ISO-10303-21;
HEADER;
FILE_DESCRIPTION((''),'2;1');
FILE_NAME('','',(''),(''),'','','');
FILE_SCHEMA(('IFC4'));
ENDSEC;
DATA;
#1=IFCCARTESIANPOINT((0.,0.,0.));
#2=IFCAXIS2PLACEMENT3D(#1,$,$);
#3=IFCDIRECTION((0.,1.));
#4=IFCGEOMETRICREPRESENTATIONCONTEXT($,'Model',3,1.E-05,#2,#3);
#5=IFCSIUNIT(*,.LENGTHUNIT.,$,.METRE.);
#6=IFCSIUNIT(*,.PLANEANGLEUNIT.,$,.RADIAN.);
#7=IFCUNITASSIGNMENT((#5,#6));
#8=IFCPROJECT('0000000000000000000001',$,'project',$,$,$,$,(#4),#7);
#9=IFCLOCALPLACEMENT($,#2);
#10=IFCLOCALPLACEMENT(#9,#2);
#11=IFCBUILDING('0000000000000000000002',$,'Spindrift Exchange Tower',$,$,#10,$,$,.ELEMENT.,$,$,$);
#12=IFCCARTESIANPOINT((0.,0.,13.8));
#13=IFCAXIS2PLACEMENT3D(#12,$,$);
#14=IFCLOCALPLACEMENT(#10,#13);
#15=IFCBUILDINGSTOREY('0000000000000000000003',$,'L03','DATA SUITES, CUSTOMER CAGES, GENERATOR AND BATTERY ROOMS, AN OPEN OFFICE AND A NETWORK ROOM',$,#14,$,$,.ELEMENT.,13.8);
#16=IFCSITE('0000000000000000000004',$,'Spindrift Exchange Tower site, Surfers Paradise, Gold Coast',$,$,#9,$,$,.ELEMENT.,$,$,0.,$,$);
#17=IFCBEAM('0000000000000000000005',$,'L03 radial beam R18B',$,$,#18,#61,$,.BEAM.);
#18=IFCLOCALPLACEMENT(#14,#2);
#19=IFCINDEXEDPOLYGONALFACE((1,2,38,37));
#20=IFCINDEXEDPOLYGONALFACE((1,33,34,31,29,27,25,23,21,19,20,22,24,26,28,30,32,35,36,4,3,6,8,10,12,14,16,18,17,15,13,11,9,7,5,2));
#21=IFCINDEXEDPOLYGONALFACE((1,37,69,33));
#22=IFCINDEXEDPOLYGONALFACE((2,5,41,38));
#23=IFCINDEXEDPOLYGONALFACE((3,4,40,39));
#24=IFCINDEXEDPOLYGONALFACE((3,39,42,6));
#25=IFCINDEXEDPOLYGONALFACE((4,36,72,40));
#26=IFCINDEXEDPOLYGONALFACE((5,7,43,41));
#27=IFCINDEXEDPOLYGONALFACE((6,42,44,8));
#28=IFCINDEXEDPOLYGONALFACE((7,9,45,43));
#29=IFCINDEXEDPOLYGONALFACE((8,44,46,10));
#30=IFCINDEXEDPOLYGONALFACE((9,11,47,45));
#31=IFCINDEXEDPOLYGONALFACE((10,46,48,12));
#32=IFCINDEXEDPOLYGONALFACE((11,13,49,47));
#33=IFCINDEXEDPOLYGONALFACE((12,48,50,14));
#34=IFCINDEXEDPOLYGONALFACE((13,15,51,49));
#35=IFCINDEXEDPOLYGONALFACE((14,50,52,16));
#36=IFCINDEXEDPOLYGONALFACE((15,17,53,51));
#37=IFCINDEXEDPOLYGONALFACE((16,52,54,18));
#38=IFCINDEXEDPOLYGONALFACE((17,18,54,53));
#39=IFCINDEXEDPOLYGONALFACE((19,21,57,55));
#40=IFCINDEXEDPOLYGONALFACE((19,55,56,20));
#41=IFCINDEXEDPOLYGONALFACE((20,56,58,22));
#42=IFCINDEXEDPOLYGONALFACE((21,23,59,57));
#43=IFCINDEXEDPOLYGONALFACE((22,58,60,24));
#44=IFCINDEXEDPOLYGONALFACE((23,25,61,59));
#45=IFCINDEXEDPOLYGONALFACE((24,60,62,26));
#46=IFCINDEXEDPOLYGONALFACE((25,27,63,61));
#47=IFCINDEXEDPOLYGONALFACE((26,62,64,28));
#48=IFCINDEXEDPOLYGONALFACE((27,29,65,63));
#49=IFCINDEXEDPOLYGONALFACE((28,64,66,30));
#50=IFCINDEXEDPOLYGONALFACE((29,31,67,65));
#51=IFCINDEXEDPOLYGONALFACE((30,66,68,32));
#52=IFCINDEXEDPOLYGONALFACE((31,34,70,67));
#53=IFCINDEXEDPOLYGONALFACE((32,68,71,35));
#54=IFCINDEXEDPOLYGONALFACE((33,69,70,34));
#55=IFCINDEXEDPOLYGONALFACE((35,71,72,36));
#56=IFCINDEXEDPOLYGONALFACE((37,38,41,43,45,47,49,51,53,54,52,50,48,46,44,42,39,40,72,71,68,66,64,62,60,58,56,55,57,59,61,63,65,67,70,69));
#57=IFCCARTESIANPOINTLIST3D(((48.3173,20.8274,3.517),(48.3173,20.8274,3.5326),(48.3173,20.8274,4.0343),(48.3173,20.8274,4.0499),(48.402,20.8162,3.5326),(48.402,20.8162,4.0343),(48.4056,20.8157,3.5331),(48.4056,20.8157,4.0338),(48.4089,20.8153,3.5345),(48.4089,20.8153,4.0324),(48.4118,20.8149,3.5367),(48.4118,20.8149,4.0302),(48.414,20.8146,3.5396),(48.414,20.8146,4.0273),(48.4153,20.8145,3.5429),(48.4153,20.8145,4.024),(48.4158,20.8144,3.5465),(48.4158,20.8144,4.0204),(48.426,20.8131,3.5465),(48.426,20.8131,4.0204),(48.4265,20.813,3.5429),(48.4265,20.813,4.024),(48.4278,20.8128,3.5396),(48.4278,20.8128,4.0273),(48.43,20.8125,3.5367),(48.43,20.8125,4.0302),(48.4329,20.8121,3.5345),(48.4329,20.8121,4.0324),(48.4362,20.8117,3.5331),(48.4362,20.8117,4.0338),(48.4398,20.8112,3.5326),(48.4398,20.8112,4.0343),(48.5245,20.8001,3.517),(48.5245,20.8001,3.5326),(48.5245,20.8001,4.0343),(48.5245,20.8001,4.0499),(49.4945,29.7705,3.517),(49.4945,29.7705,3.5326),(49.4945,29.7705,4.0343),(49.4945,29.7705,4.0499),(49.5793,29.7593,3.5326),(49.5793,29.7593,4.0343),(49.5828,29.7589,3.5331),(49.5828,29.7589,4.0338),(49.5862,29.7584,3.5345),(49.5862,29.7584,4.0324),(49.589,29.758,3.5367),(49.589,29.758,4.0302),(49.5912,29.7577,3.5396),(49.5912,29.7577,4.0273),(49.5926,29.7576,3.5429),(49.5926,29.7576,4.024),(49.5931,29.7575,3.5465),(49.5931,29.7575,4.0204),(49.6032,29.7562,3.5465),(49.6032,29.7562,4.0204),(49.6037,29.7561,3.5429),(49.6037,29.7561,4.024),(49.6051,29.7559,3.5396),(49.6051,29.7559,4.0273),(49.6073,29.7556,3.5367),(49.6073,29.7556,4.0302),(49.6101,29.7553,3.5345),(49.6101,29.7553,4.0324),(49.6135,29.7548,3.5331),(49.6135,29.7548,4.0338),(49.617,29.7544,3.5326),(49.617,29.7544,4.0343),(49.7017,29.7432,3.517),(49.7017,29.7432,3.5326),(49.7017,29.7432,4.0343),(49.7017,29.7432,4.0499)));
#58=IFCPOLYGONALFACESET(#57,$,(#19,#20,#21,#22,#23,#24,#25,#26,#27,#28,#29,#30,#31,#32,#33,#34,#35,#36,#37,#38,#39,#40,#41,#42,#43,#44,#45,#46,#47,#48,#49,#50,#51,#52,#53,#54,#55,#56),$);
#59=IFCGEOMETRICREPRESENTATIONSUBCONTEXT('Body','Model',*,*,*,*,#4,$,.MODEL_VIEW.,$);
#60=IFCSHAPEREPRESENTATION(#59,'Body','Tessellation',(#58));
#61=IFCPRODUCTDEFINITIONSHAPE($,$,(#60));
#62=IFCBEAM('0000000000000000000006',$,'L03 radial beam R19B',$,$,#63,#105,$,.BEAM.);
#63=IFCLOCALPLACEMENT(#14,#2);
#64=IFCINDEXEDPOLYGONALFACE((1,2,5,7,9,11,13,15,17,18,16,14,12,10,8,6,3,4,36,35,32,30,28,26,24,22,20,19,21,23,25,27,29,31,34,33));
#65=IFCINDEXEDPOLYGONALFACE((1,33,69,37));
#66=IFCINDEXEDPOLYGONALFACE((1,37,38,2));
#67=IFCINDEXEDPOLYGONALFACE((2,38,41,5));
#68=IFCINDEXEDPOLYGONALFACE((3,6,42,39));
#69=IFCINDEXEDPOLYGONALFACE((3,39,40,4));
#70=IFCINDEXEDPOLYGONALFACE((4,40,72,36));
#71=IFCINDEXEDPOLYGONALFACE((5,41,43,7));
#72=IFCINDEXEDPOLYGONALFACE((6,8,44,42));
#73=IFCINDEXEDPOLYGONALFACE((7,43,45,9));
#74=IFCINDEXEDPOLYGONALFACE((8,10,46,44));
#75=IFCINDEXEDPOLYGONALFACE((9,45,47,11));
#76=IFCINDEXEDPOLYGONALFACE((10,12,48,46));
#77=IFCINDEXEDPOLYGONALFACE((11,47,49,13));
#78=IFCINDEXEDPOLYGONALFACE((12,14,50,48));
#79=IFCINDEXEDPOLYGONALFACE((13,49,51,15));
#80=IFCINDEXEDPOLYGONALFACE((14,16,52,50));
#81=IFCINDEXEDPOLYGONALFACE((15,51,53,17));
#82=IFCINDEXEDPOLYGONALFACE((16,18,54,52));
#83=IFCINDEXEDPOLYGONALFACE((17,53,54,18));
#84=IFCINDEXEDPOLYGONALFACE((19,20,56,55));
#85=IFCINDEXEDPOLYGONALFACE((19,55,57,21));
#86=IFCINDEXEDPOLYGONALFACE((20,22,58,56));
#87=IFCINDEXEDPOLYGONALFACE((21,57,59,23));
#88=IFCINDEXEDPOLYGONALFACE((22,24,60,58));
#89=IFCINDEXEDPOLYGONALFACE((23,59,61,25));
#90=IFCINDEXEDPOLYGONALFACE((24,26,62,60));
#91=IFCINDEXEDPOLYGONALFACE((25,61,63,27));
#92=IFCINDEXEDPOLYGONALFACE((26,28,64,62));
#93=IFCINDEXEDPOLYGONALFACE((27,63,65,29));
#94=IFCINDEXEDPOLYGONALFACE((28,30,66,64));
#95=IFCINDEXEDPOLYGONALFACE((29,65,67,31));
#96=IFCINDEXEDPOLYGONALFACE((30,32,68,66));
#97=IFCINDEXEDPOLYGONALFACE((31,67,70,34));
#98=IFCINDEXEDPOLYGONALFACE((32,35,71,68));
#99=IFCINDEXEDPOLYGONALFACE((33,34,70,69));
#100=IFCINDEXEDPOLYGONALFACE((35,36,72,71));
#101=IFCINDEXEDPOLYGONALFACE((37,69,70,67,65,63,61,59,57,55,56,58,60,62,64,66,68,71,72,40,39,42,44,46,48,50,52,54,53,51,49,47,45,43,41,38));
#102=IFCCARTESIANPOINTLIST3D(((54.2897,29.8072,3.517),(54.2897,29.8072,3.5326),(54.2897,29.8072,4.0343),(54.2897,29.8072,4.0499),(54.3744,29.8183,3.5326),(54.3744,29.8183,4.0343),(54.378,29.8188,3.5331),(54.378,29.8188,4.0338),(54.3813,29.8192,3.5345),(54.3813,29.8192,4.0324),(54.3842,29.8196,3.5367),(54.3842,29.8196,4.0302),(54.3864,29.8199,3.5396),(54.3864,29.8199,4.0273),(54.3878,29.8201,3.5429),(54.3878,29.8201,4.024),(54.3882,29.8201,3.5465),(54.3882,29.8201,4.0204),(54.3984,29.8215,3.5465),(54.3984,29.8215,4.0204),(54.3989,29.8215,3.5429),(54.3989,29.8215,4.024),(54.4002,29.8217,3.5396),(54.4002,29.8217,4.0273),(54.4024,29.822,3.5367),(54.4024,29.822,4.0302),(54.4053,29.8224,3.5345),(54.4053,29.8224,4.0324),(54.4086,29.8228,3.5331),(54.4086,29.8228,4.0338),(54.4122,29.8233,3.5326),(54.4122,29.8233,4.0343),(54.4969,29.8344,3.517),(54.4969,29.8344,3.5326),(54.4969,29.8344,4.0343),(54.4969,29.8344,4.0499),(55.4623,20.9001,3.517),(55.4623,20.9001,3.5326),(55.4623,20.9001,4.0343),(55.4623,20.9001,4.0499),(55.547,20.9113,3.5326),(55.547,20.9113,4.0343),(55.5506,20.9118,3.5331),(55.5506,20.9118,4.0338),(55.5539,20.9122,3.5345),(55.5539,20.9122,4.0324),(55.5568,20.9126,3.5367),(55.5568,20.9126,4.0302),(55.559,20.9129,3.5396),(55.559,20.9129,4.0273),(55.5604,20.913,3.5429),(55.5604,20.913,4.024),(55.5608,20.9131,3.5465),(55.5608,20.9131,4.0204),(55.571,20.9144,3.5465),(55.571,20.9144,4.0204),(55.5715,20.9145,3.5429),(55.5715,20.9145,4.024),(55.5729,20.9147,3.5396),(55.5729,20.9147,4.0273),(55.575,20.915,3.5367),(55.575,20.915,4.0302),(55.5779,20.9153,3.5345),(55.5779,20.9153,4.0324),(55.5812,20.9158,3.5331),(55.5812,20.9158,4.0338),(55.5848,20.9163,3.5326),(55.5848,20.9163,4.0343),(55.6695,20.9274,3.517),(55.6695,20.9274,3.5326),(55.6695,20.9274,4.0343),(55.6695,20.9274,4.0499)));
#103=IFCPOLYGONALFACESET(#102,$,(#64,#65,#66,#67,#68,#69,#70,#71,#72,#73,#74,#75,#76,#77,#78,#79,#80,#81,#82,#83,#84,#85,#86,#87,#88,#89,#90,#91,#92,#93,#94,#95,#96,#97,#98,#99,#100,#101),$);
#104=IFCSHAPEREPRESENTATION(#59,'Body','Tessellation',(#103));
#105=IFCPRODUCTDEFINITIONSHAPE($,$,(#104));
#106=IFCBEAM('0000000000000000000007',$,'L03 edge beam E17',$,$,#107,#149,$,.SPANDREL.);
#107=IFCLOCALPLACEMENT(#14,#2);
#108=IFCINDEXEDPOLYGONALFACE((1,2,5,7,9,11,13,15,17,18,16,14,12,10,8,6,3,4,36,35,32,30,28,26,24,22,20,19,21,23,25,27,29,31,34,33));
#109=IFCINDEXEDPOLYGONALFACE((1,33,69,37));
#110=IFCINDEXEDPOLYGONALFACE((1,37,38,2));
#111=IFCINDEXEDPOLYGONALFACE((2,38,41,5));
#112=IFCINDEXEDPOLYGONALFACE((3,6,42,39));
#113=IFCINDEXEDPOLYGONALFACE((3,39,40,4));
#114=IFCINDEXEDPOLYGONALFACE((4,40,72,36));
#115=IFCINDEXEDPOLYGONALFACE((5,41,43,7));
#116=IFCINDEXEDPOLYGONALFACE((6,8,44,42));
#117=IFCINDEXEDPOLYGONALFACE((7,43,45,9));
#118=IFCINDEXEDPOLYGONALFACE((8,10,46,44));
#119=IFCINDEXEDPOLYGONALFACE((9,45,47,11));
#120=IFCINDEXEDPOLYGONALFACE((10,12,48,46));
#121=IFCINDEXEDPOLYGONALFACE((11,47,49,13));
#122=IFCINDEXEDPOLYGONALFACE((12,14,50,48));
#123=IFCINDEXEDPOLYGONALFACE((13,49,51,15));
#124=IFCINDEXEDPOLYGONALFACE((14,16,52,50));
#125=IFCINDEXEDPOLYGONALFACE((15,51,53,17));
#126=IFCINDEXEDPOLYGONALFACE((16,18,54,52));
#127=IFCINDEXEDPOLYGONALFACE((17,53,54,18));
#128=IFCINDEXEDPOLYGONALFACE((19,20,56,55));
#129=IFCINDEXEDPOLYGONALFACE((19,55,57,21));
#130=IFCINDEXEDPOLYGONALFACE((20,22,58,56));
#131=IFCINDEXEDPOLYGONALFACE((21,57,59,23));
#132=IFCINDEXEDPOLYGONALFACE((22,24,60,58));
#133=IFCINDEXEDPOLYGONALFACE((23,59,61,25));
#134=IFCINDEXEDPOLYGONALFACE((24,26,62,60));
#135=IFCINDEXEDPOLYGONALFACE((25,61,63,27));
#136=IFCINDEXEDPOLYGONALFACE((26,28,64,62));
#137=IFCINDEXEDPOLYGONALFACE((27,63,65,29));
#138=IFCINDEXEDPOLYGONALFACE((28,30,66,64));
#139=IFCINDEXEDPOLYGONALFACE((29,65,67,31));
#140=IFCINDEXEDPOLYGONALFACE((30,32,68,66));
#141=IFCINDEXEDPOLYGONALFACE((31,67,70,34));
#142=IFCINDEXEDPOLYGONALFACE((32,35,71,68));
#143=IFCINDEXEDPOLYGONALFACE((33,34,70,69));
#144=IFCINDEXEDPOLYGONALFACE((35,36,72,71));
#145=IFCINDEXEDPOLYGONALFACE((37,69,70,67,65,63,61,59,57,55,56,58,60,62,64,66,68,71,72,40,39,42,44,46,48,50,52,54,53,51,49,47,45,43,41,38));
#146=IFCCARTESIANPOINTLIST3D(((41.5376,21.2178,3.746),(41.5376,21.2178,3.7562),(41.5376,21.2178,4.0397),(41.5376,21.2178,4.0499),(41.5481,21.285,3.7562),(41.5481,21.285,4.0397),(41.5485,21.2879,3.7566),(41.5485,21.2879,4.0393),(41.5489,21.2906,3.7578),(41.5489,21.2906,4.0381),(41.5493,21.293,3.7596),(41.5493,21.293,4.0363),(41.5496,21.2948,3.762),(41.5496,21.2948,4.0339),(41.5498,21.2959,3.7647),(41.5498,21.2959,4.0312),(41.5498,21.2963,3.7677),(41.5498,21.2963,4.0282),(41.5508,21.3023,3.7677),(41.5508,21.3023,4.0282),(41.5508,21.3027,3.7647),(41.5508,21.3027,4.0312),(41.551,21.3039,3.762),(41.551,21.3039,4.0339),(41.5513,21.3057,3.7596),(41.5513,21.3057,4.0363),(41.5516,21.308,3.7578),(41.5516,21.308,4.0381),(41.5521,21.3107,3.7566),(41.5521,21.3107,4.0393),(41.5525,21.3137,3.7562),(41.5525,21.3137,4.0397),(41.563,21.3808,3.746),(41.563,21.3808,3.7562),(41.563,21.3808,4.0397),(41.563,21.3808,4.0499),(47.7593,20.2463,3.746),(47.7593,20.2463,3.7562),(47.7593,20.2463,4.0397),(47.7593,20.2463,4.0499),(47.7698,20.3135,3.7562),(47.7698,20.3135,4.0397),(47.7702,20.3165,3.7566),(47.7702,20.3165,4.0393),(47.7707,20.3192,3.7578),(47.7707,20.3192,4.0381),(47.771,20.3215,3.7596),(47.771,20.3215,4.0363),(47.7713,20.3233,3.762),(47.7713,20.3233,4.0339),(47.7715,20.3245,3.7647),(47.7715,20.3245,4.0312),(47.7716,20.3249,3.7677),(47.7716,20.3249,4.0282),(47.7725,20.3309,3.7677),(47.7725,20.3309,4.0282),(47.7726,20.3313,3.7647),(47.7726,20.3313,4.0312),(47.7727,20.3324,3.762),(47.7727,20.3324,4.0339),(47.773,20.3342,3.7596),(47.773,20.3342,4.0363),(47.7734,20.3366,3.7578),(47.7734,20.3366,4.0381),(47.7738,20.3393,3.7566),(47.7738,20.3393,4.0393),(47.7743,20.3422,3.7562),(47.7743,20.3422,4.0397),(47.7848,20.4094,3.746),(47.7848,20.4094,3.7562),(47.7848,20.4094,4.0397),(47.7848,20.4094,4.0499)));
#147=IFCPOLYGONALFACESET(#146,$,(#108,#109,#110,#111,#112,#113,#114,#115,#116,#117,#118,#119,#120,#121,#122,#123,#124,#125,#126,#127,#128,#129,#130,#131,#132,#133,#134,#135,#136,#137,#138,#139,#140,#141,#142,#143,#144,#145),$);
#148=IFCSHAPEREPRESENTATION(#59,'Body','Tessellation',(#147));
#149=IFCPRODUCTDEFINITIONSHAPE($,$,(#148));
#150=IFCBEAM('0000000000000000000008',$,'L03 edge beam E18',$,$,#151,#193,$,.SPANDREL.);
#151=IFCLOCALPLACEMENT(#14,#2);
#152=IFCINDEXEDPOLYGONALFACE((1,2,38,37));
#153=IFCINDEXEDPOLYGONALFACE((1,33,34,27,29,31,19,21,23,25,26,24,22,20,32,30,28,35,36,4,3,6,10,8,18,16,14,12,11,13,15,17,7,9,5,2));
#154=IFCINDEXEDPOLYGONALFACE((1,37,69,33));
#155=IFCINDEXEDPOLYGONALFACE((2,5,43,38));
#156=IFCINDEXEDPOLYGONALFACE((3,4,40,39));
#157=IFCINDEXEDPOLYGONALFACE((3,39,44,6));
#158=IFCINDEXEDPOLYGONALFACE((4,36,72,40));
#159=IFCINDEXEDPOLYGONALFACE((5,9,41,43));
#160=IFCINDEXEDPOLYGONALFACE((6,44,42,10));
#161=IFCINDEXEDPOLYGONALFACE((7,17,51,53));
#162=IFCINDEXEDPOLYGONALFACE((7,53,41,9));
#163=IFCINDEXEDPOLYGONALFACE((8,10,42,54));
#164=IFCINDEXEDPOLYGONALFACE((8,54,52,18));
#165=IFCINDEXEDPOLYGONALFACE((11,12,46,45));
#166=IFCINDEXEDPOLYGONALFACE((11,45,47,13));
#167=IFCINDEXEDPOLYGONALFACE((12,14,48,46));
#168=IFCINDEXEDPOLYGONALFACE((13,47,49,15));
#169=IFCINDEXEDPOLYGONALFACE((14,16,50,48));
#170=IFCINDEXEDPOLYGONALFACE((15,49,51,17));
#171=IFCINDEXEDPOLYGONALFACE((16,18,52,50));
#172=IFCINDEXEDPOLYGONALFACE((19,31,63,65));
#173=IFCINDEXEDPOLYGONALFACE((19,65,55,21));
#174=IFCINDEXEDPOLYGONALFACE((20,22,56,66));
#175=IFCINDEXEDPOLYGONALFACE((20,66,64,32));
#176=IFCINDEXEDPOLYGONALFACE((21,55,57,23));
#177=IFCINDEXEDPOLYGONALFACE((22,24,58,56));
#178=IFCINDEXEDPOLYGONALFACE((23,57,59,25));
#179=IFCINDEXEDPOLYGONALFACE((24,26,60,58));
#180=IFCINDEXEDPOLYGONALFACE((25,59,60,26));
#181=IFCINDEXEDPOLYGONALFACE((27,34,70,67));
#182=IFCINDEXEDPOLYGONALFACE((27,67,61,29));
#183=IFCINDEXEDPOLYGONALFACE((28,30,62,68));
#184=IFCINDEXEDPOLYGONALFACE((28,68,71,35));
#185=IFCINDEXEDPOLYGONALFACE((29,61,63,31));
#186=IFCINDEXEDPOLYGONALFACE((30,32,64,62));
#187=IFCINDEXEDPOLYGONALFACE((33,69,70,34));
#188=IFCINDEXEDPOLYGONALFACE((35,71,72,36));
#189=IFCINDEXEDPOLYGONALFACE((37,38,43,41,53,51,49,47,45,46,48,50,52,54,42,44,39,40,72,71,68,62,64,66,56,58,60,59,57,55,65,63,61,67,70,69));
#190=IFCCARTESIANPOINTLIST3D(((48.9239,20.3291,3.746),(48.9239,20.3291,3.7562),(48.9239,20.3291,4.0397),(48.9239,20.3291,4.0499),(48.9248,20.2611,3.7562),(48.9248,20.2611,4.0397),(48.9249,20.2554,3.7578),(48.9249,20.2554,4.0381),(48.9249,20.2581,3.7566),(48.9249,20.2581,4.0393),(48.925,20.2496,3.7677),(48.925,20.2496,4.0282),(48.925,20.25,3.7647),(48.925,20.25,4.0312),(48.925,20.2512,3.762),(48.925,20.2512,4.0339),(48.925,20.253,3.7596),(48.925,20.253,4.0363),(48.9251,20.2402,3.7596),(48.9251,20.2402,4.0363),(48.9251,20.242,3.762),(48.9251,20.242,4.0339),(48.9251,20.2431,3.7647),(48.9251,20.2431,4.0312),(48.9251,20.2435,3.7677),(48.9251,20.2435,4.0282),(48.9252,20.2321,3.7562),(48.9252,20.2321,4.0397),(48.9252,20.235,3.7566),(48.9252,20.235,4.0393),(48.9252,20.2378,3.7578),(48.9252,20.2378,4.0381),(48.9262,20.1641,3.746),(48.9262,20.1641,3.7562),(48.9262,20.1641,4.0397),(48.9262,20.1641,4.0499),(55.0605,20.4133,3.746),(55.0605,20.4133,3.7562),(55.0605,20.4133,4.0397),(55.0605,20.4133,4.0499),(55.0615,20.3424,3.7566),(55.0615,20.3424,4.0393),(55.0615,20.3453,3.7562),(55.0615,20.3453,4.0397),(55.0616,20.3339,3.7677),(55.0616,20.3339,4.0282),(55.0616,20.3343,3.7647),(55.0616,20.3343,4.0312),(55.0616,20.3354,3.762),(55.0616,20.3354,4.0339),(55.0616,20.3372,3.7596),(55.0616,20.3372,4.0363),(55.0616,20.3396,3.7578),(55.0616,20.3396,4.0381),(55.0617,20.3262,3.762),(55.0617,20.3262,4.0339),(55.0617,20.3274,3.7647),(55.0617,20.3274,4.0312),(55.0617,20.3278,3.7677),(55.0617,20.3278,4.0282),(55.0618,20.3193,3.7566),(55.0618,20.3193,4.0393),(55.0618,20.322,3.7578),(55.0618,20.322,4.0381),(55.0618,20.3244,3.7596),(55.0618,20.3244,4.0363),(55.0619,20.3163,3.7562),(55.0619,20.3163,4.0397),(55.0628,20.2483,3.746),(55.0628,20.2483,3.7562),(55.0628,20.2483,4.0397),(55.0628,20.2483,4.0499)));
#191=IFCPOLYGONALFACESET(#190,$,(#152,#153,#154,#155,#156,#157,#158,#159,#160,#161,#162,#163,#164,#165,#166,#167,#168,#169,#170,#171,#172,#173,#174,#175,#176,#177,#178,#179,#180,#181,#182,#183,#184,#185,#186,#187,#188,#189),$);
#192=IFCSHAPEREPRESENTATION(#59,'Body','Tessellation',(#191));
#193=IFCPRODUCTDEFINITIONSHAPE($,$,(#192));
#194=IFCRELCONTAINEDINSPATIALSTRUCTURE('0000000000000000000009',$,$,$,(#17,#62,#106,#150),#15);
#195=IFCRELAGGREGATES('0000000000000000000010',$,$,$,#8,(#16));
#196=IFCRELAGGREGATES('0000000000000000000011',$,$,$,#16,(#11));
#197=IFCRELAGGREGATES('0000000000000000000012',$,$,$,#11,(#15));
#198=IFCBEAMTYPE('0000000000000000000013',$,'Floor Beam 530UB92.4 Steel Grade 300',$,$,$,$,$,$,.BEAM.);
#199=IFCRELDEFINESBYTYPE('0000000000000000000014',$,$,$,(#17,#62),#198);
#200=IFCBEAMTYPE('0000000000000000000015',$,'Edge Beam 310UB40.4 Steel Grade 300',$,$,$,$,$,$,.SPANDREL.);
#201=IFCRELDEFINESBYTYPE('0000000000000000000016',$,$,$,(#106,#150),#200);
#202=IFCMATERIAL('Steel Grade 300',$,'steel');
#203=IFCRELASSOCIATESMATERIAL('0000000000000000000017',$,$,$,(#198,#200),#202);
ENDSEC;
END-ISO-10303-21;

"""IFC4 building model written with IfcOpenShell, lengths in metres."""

from ifc_helpers import new_model, si_unit, direction, frame, origin, origin_2d, place, context, subcontext, project, spatial, i_section, extrude, source, transform, mapped, material, material_profile, profile_set, type_object, element, save


model = new_model("IFC4")

# Units and contexts
model_context = context("Model", 3, precision=1e-05, world=origin(), true_north=direction((0.0, 1.0)))
body_context = subcontext(model_context, "Body", "Model", "MODEL_VIEW")
ifc_project = project(units=[si_unit("LENGTHUNIT", "METRE"), si_unit("PLANEANGLEUNIT", "RADIAN")], contexts=[model_context])

# Site, building, storey
site_placement = place(None, origin())
site = spatial("IfcSite", under=ifc_project, at=site_placement, Name="Spindrift Exchange Tower site, Surfers Paradise, Gold Coast", CompositionType="ELEMENT", RefElevation=0.0)
building_placement = place(site_placement, origin())
building = spatial("IfcBuilding", under=site, at=building_placement, Name="Spindrift Exchange Tower", CompositionType="ELEMENT")
storey_placement = place(building_placement, frame((0.0, 0.0, 13.8)))
storey = spatial("IfcBuildingStorey", under=building, at=storey_placement, Name="L03", Description="DATA SUITES, CUSTOMER CAGES, GENERATOR AND BATTERY ROOMS, AN OPEN OFFICE AND A NETWORK ROOM", CompositionType="ELEMENT", Elevation=13.8)

# Beams
ifc_material_1 = material(Name="Steel Grade 300", Category="steel")
ifc_material_profile_1 = material_profile(ifc_material_1, i_section(OverallWidth=0.209, OverallDepth=0.533, WebThickness=0.0103, FlangeThickness=0.0156, FilletRadius=0.0139, at=origin_2d()), Name="530UB92.4")
ifc_profile_set_1 = profile_set([ifc_material_profile_1], Name="Steel Grade 300")
beam_type_1 = type_object("IfcBeamType", Name="Floor Beam 530UB92.4 Steel Grade 300", PredefinedType="BEAM", material=ifc_profile_set_1)
shared_shape_1 = source(origin(), body_context, "Body", "SweptSolid", [
    extrude(i_section(OverallWidth=0.209, OverallDepth=0.533, WebThickness=0.0103, FlangeThickness=0.0156, FilletRadius=0.0139, at=origin_2d()), origin(), (0.0, 0.0, 1.0), 9.0203),
])
beam_1_placement = place(storey_placement, frame((49.5981, 29.7568, 3.7834), z_axis=(-0.130511, -0.991447, 0.0), x_axis=(0.991447, -0.130511, 0.0)))
element("IfcBeam", 1, at=beam_1_placement, inside=storey, type_object=beam_type_1, Name="L03 radial beam R18B", PredefinedType="BEAM", context=body_context, shape_type="MappedRepresentation", body=[
    mapped(shared_shape_1, transform((0.0, 0.0, 0.0), scale=1.0)),
])
shared_shape_2 = source(origin(), body_context, "Body", "SweptSolid", [
    extrude(i_section(OverallWidth=0.209, OverallDepth=0.533, WebThickness=0.0103, FlangeThickness=0.0156, FilletRadius=0.0139, at=origin_2d()), origin(), (0.0, 0.0, 1.0), 8.9839),
])
beam_2_placement = place(storey_placement, frame((54.3933, 29.8208, 3.7834), z_axis=(0.130524, -0.991445, 0.0), x_axis=(0.991445, 0.130524, 0.0)))
element("IfcBeam", 2, at=beam_2_placement, inside=storey, type_object=beam_type_1, Name="L03 radial beam R19B", PredefinedType="BEAM", context=body_context, shape_type="MappedRepresentation", body=[
    mapped(shared_shape_2, transform((0.0, 0.0, 0.0), scale=1.0)),
])
ifc_material_profile_2 = material_profile(ifc_material_1, i_section(OverallWidth=0.165, OverallDepth=0.304, WebThickness=0.0061, FlangeThickness=0.0103, FilletRadius=0.0115, at=origin_2d()), Name="310UB40.4")
ifc_profile_set_2 = profile_set([ifc_material_profile_2], Name="Steel Grade 300")
beam_type_2 = type_object("IfcBeamType", Name="Edge Beam 310UB40.4 Steel Grade 300", PredefinedType="SPANDREL", material=ifc_profile_set_2)
shared_shape_3 = source(origin(), body_context, "Body", "SweptSolid", [
    extrude(i_section(OverallWidth=0.165, OverallDepth=0.304, WebThickness=0.0061, FlangeThickness=0.0103, FilletRadius=0.0115, at=origin_2d()), origin(), (0.0, 0.0, 1.0), 6.2971),
])
beam_3_placement = place(storey_placement, frame((41.5503, 21.2993, 3.8979), z_axis=(0.988029, -0.154268, 0.0), x_axis=(0.154268, 0.988029, 0.0)))
element("IfcBeam", 3, at=beam_3_placement, inside=storey, type_object=beam_type_2, Name="L03 edge beam E17", PredefinedType="SPANDREL", context=body_context, shape_type="MappedRepresentation", body=[
    mapped(shared_shape_3, transform((0.0, 0.0, 0.0), scale=1.0)),
])
shared_shape_4 = source(origin(), body_context, "Body", "SweptSolid", [
    extrude(i_section(OverallWidth=0.165, OverallDepth=0.304, WebThickness=0.0061, FlangeThickness=0.0103, FilletRadius=0.0115, at=origin_2d()), origin(), (0.0, 0.0, 1.0), 6.1372),
])
beam_4_placement = place(storey_placement, frame((48.925, 20.2466, 3.8979), z_axis=(0.999906, 0.013724, 0.0), x_axis=(-0.013724, 0.999906, 0.0)))
element("IfcBeam", 4, at=beam_4_placement, inside=storey, type_object=beam_type_2, Name="L03 edge beam E18", PredefinedType="SPANDREL", context=body_context, shape_type="MappedRepresentation", body=[
    mapped(shared_shape_4, transform((0.0, 0.0, 0.0), scale=1.0)),
])

save(model, "model.ifc")
